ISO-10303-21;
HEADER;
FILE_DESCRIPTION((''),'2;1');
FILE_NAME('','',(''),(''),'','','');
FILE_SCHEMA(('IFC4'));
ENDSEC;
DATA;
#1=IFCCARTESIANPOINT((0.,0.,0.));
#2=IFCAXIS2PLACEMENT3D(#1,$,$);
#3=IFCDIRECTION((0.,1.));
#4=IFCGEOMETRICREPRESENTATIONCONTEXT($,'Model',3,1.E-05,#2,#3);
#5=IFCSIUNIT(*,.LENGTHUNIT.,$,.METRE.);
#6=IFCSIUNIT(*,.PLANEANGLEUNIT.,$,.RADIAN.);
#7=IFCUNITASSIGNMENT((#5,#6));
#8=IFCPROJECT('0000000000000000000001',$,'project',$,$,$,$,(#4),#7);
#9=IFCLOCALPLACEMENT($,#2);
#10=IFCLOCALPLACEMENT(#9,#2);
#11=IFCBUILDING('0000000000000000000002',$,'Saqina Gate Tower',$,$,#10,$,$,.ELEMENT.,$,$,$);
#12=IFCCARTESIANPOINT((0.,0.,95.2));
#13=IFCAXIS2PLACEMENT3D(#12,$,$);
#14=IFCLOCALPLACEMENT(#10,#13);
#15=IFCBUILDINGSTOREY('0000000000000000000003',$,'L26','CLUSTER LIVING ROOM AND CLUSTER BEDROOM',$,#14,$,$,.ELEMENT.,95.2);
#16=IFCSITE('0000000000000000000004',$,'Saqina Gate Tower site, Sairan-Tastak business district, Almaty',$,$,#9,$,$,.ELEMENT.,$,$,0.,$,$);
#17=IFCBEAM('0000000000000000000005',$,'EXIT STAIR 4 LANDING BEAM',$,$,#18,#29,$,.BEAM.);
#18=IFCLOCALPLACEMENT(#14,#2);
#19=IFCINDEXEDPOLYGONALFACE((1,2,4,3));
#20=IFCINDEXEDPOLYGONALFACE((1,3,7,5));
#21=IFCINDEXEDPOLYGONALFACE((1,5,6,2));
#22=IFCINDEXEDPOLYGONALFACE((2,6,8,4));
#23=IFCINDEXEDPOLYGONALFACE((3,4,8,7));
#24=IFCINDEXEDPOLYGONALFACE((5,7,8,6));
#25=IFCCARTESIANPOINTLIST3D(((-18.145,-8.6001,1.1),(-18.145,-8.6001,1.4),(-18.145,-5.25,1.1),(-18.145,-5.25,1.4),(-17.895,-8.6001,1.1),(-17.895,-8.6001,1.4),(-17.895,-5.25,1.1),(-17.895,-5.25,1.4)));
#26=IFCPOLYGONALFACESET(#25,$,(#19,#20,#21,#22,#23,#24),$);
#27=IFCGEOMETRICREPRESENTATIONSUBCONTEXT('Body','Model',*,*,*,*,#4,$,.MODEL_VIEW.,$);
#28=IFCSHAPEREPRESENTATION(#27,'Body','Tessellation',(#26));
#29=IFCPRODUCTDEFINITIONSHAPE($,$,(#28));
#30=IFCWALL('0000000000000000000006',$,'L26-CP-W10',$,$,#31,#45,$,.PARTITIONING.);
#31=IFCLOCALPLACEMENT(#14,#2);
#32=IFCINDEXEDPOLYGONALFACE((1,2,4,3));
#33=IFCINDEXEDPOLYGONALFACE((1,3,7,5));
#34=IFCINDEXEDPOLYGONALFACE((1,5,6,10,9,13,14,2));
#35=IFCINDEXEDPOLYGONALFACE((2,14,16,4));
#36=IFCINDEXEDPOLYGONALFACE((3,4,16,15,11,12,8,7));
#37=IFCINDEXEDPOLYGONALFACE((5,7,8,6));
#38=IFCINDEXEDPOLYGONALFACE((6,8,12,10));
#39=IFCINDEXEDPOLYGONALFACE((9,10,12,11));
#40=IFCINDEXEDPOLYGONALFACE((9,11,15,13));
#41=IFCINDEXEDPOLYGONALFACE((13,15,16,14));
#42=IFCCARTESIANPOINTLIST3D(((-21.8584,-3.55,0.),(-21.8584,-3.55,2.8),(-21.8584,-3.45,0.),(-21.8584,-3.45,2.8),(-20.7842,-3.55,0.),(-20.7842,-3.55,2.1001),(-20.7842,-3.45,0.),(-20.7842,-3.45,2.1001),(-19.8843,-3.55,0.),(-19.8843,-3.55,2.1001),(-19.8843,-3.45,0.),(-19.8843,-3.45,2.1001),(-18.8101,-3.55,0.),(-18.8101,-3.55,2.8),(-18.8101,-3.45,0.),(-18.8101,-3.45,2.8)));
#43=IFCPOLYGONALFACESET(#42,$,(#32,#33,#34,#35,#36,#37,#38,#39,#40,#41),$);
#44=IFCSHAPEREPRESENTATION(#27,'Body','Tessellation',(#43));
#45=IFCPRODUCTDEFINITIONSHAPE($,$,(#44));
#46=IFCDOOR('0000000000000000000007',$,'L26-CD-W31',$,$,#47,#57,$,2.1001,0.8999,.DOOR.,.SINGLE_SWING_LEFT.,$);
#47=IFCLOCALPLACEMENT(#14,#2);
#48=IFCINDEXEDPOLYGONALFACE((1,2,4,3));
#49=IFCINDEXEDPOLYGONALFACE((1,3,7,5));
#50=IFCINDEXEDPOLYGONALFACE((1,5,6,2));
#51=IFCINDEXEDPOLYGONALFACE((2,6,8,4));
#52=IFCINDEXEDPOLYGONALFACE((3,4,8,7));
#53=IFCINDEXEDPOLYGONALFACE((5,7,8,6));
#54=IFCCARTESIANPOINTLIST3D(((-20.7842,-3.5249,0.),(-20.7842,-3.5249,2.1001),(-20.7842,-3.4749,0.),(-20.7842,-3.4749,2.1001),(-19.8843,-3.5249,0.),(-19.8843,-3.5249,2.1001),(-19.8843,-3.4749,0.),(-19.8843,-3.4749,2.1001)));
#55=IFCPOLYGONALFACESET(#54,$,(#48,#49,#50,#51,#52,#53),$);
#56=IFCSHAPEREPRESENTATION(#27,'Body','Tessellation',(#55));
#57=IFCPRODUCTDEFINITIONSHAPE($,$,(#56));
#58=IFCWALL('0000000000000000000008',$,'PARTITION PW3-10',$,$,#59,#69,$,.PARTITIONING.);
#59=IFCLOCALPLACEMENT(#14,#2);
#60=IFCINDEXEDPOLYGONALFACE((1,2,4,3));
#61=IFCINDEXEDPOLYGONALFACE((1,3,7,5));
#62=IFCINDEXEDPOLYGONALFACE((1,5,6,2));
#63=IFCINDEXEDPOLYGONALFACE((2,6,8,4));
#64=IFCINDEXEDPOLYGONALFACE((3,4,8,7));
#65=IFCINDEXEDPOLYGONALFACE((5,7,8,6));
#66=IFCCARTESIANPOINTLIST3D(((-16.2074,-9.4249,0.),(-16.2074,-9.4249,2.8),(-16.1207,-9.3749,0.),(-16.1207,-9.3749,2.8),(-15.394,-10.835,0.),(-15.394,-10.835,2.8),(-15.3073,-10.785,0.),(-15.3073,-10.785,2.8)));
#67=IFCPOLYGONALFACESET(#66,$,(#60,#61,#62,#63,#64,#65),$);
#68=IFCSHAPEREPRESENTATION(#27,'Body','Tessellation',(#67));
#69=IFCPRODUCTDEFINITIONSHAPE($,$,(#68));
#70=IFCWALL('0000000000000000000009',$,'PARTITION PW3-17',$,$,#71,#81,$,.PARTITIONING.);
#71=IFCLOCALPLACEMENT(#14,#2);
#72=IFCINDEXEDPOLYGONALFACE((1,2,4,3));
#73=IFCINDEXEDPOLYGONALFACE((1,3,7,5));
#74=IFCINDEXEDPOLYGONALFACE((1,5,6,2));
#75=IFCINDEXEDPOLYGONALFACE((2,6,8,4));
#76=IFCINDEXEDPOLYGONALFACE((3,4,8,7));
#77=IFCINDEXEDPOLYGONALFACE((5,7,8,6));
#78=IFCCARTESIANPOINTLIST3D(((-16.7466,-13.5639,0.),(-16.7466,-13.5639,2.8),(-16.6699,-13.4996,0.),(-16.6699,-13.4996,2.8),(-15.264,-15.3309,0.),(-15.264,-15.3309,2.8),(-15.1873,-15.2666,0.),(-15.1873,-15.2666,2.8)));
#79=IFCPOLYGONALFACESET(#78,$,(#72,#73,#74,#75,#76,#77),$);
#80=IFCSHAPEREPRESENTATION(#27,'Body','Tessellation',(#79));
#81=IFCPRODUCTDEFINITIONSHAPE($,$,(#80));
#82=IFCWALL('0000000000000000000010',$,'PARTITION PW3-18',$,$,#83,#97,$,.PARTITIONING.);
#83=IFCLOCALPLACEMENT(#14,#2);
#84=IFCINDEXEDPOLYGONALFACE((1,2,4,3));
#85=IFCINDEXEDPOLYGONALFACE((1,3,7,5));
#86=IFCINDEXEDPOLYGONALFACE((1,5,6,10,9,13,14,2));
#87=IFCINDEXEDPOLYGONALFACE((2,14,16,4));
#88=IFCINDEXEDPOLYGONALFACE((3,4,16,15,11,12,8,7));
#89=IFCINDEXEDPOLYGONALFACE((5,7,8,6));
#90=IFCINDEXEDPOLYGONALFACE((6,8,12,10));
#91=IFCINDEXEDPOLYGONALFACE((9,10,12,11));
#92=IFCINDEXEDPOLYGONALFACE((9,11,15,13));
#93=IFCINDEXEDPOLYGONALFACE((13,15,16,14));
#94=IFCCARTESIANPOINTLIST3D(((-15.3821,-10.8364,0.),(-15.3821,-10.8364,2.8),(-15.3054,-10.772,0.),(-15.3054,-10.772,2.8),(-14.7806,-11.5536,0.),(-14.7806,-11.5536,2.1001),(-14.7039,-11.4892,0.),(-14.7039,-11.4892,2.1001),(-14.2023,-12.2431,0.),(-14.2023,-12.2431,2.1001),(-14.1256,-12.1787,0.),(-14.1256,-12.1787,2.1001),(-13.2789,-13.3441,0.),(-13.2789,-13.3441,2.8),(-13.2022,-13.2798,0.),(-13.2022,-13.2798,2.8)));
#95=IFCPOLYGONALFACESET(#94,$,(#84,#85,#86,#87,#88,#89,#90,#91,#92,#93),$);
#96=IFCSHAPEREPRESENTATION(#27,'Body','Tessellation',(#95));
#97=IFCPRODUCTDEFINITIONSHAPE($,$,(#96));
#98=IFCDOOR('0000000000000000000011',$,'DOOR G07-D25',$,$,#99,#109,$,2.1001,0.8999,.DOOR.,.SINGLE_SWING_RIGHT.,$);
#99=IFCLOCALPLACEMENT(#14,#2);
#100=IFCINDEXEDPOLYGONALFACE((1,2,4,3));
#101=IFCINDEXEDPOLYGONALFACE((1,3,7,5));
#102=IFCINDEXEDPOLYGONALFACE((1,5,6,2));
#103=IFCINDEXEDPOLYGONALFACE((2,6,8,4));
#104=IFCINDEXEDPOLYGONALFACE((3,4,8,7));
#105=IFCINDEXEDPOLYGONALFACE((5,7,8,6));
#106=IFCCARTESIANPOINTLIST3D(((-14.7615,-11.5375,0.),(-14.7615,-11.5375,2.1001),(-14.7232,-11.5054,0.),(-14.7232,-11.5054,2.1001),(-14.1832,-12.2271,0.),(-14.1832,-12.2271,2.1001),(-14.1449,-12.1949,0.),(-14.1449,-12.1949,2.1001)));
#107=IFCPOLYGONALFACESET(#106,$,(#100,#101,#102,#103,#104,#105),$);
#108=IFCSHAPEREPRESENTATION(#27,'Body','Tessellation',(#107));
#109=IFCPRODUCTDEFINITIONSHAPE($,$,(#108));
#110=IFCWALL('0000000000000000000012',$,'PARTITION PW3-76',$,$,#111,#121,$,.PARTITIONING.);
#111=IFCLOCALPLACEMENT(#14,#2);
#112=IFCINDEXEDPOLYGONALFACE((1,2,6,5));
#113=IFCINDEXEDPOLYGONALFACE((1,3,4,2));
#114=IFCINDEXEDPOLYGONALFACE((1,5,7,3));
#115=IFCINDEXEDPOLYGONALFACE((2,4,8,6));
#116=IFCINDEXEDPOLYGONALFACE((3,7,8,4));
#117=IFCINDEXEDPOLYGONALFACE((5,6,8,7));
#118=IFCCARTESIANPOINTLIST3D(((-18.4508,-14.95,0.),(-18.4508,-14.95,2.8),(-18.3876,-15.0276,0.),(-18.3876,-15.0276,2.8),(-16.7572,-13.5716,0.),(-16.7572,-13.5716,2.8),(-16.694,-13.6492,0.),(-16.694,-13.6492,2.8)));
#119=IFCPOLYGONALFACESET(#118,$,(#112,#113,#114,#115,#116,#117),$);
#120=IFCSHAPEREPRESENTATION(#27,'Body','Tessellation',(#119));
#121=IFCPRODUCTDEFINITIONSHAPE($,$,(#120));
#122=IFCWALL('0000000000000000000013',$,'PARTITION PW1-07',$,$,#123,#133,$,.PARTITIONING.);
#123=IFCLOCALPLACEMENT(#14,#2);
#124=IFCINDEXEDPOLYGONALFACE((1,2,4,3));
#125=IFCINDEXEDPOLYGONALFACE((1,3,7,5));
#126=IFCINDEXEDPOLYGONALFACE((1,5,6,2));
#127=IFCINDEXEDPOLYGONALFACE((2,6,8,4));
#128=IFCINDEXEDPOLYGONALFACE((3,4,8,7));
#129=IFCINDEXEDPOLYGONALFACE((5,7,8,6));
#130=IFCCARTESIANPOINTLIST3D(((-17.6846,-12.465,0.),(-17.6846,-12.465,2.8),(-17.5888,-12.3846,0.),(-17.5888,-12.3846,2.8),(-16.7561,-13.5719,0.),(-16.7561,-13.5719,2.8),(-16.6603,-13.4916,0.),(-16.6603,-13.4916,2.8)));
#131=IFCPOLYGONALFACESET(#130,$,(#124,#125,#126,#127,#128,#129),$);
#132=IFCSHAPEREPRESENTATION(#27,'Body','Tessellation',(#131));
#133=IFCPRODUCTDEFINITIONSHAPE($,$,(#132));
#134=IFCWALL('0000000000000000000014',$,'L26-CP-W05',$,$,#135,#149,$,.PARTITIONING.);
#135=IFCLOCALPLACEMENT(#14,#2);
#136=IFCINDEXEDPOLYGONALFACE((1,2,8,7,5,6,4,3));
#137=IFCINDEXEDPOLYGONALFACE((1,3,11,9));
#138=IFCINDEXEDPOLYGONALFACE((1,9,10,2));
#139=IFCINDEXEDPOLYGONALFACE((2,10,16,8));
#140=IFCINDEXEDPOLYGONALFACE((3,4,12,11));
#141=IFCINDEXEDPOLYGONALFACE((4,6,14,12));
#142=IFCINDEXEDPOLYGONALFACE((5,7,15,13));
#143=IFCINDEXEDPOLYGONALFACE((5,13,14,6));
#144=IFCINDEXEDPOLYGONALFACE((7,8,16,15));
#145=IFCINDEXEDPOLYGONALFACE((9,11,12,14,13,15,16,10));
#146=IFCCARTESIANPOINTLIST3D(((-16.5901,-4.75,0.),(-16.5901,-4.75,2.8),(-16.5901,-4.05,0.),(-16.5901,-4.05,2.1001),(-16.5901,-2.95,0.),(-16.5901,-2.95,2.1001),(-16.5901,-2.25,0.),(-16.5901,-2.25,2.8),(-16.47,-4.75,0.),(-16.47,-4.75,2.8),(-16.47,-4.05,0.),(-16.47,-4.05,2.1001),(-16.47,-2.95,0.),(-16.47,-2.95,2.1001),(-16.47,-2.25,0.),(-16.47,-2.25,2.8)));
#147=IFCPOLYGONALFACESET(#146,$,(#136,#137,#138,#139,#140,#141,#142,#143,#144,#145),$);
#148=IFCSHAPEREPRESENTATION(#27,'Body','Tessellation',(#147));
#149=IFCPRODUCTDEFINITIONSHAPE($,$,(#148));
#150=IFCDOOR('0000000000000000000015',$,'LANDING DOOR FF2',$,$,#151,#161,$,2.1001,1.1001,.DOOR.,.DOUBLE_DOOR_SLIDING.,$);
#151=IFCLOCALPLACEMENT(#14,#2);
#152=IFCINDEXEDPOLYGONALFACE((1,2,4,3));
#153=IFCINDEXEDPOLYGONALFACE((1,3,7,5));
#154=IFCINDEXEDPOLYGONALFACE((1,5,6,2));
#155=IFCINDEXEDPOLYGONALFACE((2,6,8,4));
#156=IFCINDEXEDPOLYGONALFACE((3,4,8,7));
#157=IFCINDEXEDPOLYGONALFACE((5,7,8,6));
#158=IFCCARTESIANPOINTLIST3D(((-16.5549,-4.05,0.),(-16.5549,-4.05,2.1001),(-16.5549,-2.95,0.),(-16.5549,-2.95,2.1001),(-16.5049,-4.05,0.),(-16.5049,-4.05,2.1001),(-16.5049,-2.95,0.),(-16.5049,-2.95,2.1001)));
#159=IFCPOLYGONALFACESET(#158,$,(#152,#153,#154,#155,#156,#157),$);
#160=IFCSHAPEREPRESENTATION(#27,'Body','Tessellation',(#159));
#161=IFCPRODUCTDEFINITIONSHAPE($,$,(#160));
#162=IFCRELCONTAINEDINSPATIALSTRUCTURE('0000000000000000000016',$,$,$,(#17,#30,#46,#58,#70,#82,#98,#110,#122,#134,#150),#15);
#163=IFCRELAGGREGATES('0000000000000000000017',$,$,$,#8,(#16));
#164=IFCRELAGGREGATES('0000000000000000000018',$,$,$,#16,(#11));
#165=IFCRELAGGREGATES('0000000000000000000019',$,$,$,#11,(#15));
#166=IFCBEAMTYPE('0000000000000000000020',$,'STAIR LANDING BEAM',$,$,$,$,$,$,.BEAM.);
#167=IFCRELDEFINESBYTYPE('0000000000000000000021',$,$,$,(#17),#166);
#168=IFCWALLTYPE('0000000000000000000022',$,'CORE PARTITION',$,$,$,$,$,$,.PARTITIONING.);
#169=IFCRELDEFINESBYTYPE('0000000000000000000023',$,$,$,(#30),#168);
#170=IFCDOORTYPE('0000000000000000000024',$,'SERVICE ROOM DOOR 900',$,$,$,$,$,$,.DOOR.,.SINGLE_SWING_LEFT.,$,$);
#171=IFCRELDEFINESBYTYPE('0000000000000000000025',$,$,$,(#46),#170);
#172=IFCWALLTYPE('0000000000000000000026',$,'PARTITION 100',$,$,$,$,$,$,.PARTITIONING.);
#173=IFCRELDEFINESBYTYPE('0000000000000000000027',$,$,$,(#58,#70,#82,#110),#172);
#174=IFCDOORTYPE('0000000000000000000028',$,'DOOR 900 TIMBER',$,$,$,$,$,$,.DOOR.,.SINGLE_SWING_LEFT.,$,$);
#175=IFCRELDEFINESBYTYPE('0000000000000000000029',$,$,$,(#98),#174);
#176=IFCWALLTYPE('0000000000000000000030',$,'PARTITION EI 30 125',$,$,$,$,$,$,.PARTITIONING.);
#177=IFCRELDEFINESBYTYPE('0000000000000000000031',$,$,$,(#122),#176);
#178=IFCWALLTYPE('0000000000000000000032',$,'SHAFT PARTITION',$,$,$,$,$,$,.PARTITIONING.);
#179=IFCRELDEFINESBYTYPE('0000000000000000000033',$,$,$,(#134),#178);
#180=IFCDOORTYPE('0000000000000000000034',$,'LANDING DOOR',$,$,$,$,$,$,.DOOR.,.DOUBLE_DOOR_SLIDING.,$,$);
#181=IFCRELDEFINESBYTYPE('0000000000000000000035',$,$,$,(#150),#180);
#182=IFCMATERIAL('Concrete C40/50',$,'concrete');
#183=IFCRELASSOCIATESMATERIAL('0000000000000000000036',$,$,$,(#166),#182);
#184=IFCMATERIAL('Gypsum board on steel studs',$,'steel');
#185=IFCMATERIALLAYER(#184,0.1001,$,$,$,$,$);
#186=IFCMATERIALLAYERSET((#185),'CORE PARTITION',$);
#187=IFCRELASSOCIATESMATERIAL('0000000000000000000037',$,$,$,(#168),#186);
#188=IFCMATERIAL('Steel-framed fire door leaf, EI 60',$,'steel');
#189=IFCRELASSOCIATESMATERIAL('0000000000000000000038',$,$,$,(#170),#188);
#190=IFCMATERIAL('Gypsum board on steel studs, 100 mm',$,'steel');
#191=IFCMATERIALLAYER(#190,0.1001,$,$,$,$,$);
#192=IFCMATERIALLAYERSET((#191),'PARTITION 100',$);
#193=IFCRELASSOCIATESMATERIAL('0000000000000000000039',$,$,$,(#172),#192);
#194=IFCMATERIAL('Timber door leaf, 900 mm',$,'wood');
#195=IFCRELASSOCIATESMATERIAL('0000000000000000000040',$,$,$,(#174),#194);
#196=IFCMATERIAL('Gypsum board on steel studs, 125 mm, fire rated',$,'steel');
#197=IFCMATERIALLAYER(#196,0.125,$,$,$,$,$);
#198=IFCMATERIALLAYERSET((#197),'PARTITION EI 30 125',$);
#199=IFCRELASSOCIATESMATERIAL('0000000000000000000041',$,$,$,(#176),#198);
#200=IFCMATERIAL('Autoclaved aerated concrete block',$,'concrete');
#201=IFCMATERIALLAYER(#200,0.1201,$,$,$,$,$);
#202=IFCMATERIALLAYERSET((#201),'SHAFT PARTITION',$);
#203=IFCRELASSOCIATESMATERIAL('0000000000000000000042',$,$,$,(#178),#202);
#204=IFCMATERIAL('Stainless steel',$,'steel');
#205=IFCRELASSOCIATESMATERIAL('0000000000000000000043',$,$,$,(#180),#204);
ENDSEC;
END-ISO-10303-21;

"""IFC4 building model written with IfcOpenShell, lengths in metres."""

from ifc_helpers import new_model, si_unit, direction, frame, frame_2d, origin, origin_2d, place, context, subcontext, project, spatial, rectangle, extrude, material, layer, layer_set, material_profile, profile_set, type_object, element, fill, save


model = new_model("IFC4")

# Units and contexts
model_context = context("Model", 3, precision=1e-05, world=origin(), true_north=direction((0.0, 1.0)))
body_context = subcontext(model_context, "Body", "Model", "MODEL_VIEW")
ifc_project = project(units=[si_unit("LENGTHUNIT", "METRE"), si_unit("PLANEANGLEUNIT", "RADIAN")], contexts=[model_context])

# Site, building, storey
site_placement = place(None, origin())
site = spatial("IfcSite", under=ifc_project, at=site_placement, Name="Saqina Gate Tower site, Sairan-Tastak business district, Almaty", CompositionType="ELEMENT", RefElevation=0.0)
building_placement = place(site_placement, origin())
building = spatial("IfcBuilding", under=site, at=building_placement, Name="Saqina Gate Tower", CompositionType="ELEMENT")
storey_placement = place(building_placement, frame((0.0, 0.0, 95.2)))
storey = spatial("IfcBuildingStorey", under=building, at=storey_placement, Name="L26", Description="CLUSTER LIVING ROOM AND CLUSTER BEDROOM", CompositionType="ELEMENT", Elevation=95.2)

# Beam
ifc_material_1 = material(Name="Concrete C40/50", Category="concrete")
ifc_material_profile = material_profile(ifc_material_1, rectangle(XDim=0.25, YDim=0.3, at=origin_2d()), Name="STAIR LANDING BEAM")
ifc_profile_set = profile_set([ifc_material_profile], Name="Concrete C40/50")
beam_type = type_object("IfcBeamType", Name="STAIR LANDING BEAM", PredefinedType="BEAM", material=ifc_profile_set)
beam_placement = place(storey_placement, frame((-18.02, -8.6001, 1.25), z_axis=(0.0, 1.0, 0.0), x_axis=(-1.0, 0.0, 0.0)))
element("IfcBeam", 1, at=beam_placement, inside=storey, type_object=beam_type, Name="EXIT STAIR 4 LANDING BEAM", PredefinedType="BEAM", context=body_context, shape_type="SweptSolid", body=[
    extrude(rectangle(XDim=0.25, YDim=0.3, at=origin_2d()), origin(), (0.0, 0.0, 1.0), 3.3501),
])

# Wall, opening, door
ifc_material_2 = material(Name="Gypsum board on steel studs", Category="steel")
ifc_layer_1 = layer(ifc_material_2, 0.1001)
ifc_layer_set_1 = layer_set([ifc_layer_1], Name="CORE PARTITION")
wall_type_1 = type_object("IfcWallType", Name="CORE PARTITION", PredefinedType="PARTITIONING", material=ifc_layer_set_1)
wall_1_placement = place(storey_placement, frame((-18.8101, -3.5, 0.0), z_axis=(0.0, 0.0, 1.0), x_axis=(-1.0, 0.0, 0.0)))
wall_1 = element("IfcWall", 2, at=wall_1_placement, inside=storey, type_object=wall_type_1, Name="L26-CP-W10", PredefinedType="PARTITIONING", context=body_context, shape_type="SweptSolid", body=[
    extrude(rectangle(XDim=3.0483, YDim=0.1001, at=frame_2d((1.5242, 0.0))), origin(), (0.0, 0.0, 1.0), 2.8),
])
opening_1_placement = place(wall_1_placement, frame((1.0742, 0.0, 0.0)))
opening_1 = element("IfcOpeningElement", 3, at=opening_1_placement, cuts=wall_1, PredefinedType="OPENING", context=body_context, shape_type="SweptSolid", body=[
    extrude(rectangle(XDim=0.8999, YDim=2.1001, at=frame_2d((0.45, 1.05))), frame((0.0, 0.062, 0.0), z_axis=(0.0, -1.0, 0.0), x_axis=(1.0, 0.0, 0.0)), (0.0, 0.0, 1.0), 0.124),
])
ifc_material_3 = material(Name="Steel-framed fire door leaf, EI 60", Category="steel")
door_type_1 = type_object("IfcDoorType", Name="SERVICE ROOM DOOR 900", OperationType="SINGLE_SWING_LEFT", PredefinedType="DOOR", material=ifc_material_3)
door_1_placement = place(opening_1_placement, origin())
door_1 = element("IfcDoor", 4, at=door_1_placement, inside=storey, type_object=door_type_1, Name="L26-CD-W31", OperationType="SINGLE_SWING_LEFT", OverallHeight=2.1001, OverallWidth=0.8999, PredefinedType="DOOR", context=body_context, shape_type="SweptSolid", body=[
    extrude(rectangle(XDim=0.8999, YDim=2.1001, at=frame_2d((0.45, 1.05))), frame((0.0, 0.0249, 0.0), z_axis=(0.0, -1.0, 0.0), x_axis=(1.0, 0.0, 0.0)), (0.0, 0.0, 1.0), 0.05),
])
fill(opening_1, door_1)

# Walls
ifc_material_4 = material(Name="Gypsum board on steel studs, 100 mm", Category="steel")
ifc_layer_2 = layer(ifc_material_4, 0.1001)
ifc_layer_set_2 = layer_set([ifc_layer_2], Name="PARTITION 100")
wall_type_2 = type_object("IfcWallType", Name="PARTITION 100", PredefinedType="PARTITIONING", material=ifc_layer_set_2)
wall_2_placement = place(storey_placement, frame((-16.1641, -9.3999, 0.0), z_axis=(0.0, 0.0, 1.0), x_axis=(0.499688, -0.866206, 0.0)))
element("IfcWall", 5, at=wall_2_placement, inside=storey, type_object=wall_type_2, Name="PARTITION PW3-10", PredefinedType="PARTITIONING", context=body_context, shape_type="SweptSolid", body=[
    extrude(rectangle(XDim=1.6279, YDim=0.1001, at=frame_2d((0.814, 0.0))), origin(), (0.0, 0.0, 1.0), 2.8),
])
wall_3_placement = place(storey_placement, frame((-16.7083, -13.5317, 0.0), z_axis=(0.0, 0.0, 1.0), x_axis=(0.642763, -0.766065, 0.0)))
element("IfcWall", 6, at=wall_3_placement, inside=storey, type_object=wall_type_2, Name="PARTITION PW3-17", PredefinedType="PARTITIONING", context=body_context, shape_type="SweptSolid", body=[
    extrude(rectangle(XDim=2.3066, YDim=0.1001, at=frame_2d((1.1533, 0.0))), origin(), (0.0, 0.0, 1.0), 2.8),
])

# Wall, opening, door
wall_4_placement = place(storey_placement, frame((-15.3438, -10.8042, 0.0), z_axis=(0.0, 0.0, 1.0), x_axis=(0.642602, -0.7662, 0.0)))
wall_4 = element("IfcWall", 7, at=wall_4_placement, inside=storey, type_object=wall_type_2, Name="PARTITION PW3-18", PredefinedType="PARTITIONING", context=body_context, shape_type="SweptSolid", body=[
    extrude(rectangle(XDim=3.2729, YDim=0.1001, at=frame_2d((1.6365, 0.0))), origin(), (0.0, 0.0, 1.0), 2.8),
])
opening_2_placement = place(wall_4_placement, frame((0.936, 0.0, 0.0)))
opening_2 = element("IfcOpeningElement", 8, at=opening_2_placement, cuts=wall_4, PredefinedType="OPENING", context=body_context, shape_type="SweptSolid", body=[
    extrude(rectangle(XDim=0.8999, YDim=2.1001, at=frame_2d((0.45, 1.05))), frame((0.0, 0.062, 0.0), z_axis=(0.0, -1.0, 0.0), x_axis=(1.0, 0.0, 0.0)), (0.0, 0.0, 1.0), 0.124),
])
ifc_material_5 = material(Name="Timber door leaf, 900 mm", Category="wood")
door_type_2 = type_object("IfcDoorType", Name="DOOR 900 TIMBER", OperationType="SINGLE_SWING_LEFT", PredefinedType="DOOR", material=ifc_material_5)
door_2_placement = place(opening_2_placement, origin())
door_2 = element("IfcDoor", 9, at=door_2_placement, inside=storey, type_object=door_type_2, Name="DOOR G07-D25", OperationType="SINGLE_SWING_RIGHT", OverallHeight=2.1001, OverallWidth=0.8999, PredefinedType="DOOR", context=body_context, shape_type="SweptSolid", body=[
    extrude(rectangle(XDim=0.8999, YDim=2.1001, at=frame_2d((0.45, 1.05))), frame((0.0, 0.0249, 0.0), z_axis=(0.0, -1.0, 0.0), x_axis=(1.0, 0.0, 0.0)), (0.0, 0.0, 1.0), 0.05),
])
fill(opening_2, door_2)

# Walls
wall_5_placement = place(storey_placement, frame((-18.4192, -14.9888, 0.0), z_axis=(0.0, 0.0, 1.0), x_axis=(0.775584, 0.631245, 0.0)))
element("IfcWall", 10, at=wall_5_placement, inside=storey, type_object=wall_type_2, Name="PARTITION PW3-76", PredefinedType="PARTITIONING", context=body_context, shape_type="SweptSolid", body=[
    extrude(rectangle(XDim=2.1836, YDim=0.1001, at=frame_2d((1.0918, 0.0))), origin(), (0.0, 0.0, 1.0), 2.8),
])
ifc_material_6 = material(Name="Gypsum board on steel studs, 125 mm, fire rated", Category="steel")
ifc_layer_3 = layer(ifc_material_6, 0.125)
ifc_layer_set_3 = layer_set([ifc_layer_3], Name="PARTITION EI 30 125")
wall_type_3 = type_object("IfcWallType", Name="PARTITION EI 30 125", PredefinedType="PARTITIONING", material=ifc_layer_set_3)
wall_6_placement = place(storey_placement, frame((-17.6367, -12.4248, 0.0), z_axis=(0.0, 0.0, 1.0), x_axis=(0.642641, -0.766167, 0.0)))
element("IfcWall", 11, at=wall_6_placement, inside=storey, type_object=wall_type_3, Name="PARTITION PW1-07", PredefinedType="PARTITIONING", context=body_context, shape_type="SweptSolid", body=[
    extrude(rectangle(XDim=1.4448, YDim=0.125, at=frame_2d((0.7224, 0.0))), origin(), (0.0, 0.0, 1.0), 2.8),
])

# Wall, opening, door
ifc_material_7 = material(Name="Autoclaved aerated concrete block", Category="concrete")
ifc_layer_4 = layer(ifc_material_7, 0.1201)
ifc_layer_set_4 = layer_set([ifc_layer_4], Name="SHAFT PARTITION")
wall_type_4 = type_object("IfcWallType", Name="SHAFT PARTITION", PredefinedType="PARTITIONING", material=ifc_layer_set_4)
wall_7_placement = place(storey_placement, frame((-16.53, -4.75, 0.0), z_axis=(0.0, 0.0, 1.0), x_axis=(0.0, 1.0, 0.0)))
wall_7 = element("IfcWall", 12, at=wall_7_placement, inside=storey, type_object=wall_type_4, Name="L26-CP-W05", PredefinedType="PARTITIONING", context=body_context, shape_type="SweptSolid", body=[
    extrude(rectangle(XDim=2.5, YDim=0.1201, at=frame_2d((1.25, 0.0))), origin(), (0.0, 0.0, 1.0), 2.8),
])
opening_3_placement = place(wall_7_placement, frame((0.7, 0.0, 0.0)))
opening_3 = element("IfcOpeningElement", 13, at=opening_3_placement, cuts=wall_7, PredefinedType="OPENING", context=body_context, shape_type="SweptSolid", body=[
    extrude(rectangle(XDim=1.1001, YDim=2.1001, at=frame_2d((0.55, 1.05))), frame((0.0, 0.072, 0.0), z_axis=(0.0, -1.0, 0.0), x_axis=(1.0, 0.0, 0.0)), (0.0, 0.0, 1.0), 0.144),
])
ifc_material_8 = material(Name="Stainless steel", Category="steel")
door_type_3 = type_object("IfcDoorType", Name="LANDING DOOR", OperationType="DOUBLE_DOOR_SLIDING", PredefinedType="DOOR", material=ifc_material_8)
door_3_placement = place(opening_3_placement, origin())
door_3 = element("IfcDoor", 14, at=door_3_placement, inside=storey, type_object=door_type_3, Name="LANDING DOOR FF2", OperationType="DOUBLE_DOOR_SLIDING", OverallHeight=2.1001, OverallWidth=1.1001, PredefinedType="DOOR", context=body_context, shape_type="SweptSolid", body=[
    extrude(rectangle(XDim=1.1001, YDim=2.1001, at=frame_2d((0.55, 1.05))), frame((0.0, 0.0249, 0.0), z_axis=(0.0, -1.0, 0.0), x_axis=(1.0, 0.0, 0.0)), (0.0, 0.0, 1.0), 0.05),
])
fill(opening_3, door_3)

save(model, "model.ifc")
